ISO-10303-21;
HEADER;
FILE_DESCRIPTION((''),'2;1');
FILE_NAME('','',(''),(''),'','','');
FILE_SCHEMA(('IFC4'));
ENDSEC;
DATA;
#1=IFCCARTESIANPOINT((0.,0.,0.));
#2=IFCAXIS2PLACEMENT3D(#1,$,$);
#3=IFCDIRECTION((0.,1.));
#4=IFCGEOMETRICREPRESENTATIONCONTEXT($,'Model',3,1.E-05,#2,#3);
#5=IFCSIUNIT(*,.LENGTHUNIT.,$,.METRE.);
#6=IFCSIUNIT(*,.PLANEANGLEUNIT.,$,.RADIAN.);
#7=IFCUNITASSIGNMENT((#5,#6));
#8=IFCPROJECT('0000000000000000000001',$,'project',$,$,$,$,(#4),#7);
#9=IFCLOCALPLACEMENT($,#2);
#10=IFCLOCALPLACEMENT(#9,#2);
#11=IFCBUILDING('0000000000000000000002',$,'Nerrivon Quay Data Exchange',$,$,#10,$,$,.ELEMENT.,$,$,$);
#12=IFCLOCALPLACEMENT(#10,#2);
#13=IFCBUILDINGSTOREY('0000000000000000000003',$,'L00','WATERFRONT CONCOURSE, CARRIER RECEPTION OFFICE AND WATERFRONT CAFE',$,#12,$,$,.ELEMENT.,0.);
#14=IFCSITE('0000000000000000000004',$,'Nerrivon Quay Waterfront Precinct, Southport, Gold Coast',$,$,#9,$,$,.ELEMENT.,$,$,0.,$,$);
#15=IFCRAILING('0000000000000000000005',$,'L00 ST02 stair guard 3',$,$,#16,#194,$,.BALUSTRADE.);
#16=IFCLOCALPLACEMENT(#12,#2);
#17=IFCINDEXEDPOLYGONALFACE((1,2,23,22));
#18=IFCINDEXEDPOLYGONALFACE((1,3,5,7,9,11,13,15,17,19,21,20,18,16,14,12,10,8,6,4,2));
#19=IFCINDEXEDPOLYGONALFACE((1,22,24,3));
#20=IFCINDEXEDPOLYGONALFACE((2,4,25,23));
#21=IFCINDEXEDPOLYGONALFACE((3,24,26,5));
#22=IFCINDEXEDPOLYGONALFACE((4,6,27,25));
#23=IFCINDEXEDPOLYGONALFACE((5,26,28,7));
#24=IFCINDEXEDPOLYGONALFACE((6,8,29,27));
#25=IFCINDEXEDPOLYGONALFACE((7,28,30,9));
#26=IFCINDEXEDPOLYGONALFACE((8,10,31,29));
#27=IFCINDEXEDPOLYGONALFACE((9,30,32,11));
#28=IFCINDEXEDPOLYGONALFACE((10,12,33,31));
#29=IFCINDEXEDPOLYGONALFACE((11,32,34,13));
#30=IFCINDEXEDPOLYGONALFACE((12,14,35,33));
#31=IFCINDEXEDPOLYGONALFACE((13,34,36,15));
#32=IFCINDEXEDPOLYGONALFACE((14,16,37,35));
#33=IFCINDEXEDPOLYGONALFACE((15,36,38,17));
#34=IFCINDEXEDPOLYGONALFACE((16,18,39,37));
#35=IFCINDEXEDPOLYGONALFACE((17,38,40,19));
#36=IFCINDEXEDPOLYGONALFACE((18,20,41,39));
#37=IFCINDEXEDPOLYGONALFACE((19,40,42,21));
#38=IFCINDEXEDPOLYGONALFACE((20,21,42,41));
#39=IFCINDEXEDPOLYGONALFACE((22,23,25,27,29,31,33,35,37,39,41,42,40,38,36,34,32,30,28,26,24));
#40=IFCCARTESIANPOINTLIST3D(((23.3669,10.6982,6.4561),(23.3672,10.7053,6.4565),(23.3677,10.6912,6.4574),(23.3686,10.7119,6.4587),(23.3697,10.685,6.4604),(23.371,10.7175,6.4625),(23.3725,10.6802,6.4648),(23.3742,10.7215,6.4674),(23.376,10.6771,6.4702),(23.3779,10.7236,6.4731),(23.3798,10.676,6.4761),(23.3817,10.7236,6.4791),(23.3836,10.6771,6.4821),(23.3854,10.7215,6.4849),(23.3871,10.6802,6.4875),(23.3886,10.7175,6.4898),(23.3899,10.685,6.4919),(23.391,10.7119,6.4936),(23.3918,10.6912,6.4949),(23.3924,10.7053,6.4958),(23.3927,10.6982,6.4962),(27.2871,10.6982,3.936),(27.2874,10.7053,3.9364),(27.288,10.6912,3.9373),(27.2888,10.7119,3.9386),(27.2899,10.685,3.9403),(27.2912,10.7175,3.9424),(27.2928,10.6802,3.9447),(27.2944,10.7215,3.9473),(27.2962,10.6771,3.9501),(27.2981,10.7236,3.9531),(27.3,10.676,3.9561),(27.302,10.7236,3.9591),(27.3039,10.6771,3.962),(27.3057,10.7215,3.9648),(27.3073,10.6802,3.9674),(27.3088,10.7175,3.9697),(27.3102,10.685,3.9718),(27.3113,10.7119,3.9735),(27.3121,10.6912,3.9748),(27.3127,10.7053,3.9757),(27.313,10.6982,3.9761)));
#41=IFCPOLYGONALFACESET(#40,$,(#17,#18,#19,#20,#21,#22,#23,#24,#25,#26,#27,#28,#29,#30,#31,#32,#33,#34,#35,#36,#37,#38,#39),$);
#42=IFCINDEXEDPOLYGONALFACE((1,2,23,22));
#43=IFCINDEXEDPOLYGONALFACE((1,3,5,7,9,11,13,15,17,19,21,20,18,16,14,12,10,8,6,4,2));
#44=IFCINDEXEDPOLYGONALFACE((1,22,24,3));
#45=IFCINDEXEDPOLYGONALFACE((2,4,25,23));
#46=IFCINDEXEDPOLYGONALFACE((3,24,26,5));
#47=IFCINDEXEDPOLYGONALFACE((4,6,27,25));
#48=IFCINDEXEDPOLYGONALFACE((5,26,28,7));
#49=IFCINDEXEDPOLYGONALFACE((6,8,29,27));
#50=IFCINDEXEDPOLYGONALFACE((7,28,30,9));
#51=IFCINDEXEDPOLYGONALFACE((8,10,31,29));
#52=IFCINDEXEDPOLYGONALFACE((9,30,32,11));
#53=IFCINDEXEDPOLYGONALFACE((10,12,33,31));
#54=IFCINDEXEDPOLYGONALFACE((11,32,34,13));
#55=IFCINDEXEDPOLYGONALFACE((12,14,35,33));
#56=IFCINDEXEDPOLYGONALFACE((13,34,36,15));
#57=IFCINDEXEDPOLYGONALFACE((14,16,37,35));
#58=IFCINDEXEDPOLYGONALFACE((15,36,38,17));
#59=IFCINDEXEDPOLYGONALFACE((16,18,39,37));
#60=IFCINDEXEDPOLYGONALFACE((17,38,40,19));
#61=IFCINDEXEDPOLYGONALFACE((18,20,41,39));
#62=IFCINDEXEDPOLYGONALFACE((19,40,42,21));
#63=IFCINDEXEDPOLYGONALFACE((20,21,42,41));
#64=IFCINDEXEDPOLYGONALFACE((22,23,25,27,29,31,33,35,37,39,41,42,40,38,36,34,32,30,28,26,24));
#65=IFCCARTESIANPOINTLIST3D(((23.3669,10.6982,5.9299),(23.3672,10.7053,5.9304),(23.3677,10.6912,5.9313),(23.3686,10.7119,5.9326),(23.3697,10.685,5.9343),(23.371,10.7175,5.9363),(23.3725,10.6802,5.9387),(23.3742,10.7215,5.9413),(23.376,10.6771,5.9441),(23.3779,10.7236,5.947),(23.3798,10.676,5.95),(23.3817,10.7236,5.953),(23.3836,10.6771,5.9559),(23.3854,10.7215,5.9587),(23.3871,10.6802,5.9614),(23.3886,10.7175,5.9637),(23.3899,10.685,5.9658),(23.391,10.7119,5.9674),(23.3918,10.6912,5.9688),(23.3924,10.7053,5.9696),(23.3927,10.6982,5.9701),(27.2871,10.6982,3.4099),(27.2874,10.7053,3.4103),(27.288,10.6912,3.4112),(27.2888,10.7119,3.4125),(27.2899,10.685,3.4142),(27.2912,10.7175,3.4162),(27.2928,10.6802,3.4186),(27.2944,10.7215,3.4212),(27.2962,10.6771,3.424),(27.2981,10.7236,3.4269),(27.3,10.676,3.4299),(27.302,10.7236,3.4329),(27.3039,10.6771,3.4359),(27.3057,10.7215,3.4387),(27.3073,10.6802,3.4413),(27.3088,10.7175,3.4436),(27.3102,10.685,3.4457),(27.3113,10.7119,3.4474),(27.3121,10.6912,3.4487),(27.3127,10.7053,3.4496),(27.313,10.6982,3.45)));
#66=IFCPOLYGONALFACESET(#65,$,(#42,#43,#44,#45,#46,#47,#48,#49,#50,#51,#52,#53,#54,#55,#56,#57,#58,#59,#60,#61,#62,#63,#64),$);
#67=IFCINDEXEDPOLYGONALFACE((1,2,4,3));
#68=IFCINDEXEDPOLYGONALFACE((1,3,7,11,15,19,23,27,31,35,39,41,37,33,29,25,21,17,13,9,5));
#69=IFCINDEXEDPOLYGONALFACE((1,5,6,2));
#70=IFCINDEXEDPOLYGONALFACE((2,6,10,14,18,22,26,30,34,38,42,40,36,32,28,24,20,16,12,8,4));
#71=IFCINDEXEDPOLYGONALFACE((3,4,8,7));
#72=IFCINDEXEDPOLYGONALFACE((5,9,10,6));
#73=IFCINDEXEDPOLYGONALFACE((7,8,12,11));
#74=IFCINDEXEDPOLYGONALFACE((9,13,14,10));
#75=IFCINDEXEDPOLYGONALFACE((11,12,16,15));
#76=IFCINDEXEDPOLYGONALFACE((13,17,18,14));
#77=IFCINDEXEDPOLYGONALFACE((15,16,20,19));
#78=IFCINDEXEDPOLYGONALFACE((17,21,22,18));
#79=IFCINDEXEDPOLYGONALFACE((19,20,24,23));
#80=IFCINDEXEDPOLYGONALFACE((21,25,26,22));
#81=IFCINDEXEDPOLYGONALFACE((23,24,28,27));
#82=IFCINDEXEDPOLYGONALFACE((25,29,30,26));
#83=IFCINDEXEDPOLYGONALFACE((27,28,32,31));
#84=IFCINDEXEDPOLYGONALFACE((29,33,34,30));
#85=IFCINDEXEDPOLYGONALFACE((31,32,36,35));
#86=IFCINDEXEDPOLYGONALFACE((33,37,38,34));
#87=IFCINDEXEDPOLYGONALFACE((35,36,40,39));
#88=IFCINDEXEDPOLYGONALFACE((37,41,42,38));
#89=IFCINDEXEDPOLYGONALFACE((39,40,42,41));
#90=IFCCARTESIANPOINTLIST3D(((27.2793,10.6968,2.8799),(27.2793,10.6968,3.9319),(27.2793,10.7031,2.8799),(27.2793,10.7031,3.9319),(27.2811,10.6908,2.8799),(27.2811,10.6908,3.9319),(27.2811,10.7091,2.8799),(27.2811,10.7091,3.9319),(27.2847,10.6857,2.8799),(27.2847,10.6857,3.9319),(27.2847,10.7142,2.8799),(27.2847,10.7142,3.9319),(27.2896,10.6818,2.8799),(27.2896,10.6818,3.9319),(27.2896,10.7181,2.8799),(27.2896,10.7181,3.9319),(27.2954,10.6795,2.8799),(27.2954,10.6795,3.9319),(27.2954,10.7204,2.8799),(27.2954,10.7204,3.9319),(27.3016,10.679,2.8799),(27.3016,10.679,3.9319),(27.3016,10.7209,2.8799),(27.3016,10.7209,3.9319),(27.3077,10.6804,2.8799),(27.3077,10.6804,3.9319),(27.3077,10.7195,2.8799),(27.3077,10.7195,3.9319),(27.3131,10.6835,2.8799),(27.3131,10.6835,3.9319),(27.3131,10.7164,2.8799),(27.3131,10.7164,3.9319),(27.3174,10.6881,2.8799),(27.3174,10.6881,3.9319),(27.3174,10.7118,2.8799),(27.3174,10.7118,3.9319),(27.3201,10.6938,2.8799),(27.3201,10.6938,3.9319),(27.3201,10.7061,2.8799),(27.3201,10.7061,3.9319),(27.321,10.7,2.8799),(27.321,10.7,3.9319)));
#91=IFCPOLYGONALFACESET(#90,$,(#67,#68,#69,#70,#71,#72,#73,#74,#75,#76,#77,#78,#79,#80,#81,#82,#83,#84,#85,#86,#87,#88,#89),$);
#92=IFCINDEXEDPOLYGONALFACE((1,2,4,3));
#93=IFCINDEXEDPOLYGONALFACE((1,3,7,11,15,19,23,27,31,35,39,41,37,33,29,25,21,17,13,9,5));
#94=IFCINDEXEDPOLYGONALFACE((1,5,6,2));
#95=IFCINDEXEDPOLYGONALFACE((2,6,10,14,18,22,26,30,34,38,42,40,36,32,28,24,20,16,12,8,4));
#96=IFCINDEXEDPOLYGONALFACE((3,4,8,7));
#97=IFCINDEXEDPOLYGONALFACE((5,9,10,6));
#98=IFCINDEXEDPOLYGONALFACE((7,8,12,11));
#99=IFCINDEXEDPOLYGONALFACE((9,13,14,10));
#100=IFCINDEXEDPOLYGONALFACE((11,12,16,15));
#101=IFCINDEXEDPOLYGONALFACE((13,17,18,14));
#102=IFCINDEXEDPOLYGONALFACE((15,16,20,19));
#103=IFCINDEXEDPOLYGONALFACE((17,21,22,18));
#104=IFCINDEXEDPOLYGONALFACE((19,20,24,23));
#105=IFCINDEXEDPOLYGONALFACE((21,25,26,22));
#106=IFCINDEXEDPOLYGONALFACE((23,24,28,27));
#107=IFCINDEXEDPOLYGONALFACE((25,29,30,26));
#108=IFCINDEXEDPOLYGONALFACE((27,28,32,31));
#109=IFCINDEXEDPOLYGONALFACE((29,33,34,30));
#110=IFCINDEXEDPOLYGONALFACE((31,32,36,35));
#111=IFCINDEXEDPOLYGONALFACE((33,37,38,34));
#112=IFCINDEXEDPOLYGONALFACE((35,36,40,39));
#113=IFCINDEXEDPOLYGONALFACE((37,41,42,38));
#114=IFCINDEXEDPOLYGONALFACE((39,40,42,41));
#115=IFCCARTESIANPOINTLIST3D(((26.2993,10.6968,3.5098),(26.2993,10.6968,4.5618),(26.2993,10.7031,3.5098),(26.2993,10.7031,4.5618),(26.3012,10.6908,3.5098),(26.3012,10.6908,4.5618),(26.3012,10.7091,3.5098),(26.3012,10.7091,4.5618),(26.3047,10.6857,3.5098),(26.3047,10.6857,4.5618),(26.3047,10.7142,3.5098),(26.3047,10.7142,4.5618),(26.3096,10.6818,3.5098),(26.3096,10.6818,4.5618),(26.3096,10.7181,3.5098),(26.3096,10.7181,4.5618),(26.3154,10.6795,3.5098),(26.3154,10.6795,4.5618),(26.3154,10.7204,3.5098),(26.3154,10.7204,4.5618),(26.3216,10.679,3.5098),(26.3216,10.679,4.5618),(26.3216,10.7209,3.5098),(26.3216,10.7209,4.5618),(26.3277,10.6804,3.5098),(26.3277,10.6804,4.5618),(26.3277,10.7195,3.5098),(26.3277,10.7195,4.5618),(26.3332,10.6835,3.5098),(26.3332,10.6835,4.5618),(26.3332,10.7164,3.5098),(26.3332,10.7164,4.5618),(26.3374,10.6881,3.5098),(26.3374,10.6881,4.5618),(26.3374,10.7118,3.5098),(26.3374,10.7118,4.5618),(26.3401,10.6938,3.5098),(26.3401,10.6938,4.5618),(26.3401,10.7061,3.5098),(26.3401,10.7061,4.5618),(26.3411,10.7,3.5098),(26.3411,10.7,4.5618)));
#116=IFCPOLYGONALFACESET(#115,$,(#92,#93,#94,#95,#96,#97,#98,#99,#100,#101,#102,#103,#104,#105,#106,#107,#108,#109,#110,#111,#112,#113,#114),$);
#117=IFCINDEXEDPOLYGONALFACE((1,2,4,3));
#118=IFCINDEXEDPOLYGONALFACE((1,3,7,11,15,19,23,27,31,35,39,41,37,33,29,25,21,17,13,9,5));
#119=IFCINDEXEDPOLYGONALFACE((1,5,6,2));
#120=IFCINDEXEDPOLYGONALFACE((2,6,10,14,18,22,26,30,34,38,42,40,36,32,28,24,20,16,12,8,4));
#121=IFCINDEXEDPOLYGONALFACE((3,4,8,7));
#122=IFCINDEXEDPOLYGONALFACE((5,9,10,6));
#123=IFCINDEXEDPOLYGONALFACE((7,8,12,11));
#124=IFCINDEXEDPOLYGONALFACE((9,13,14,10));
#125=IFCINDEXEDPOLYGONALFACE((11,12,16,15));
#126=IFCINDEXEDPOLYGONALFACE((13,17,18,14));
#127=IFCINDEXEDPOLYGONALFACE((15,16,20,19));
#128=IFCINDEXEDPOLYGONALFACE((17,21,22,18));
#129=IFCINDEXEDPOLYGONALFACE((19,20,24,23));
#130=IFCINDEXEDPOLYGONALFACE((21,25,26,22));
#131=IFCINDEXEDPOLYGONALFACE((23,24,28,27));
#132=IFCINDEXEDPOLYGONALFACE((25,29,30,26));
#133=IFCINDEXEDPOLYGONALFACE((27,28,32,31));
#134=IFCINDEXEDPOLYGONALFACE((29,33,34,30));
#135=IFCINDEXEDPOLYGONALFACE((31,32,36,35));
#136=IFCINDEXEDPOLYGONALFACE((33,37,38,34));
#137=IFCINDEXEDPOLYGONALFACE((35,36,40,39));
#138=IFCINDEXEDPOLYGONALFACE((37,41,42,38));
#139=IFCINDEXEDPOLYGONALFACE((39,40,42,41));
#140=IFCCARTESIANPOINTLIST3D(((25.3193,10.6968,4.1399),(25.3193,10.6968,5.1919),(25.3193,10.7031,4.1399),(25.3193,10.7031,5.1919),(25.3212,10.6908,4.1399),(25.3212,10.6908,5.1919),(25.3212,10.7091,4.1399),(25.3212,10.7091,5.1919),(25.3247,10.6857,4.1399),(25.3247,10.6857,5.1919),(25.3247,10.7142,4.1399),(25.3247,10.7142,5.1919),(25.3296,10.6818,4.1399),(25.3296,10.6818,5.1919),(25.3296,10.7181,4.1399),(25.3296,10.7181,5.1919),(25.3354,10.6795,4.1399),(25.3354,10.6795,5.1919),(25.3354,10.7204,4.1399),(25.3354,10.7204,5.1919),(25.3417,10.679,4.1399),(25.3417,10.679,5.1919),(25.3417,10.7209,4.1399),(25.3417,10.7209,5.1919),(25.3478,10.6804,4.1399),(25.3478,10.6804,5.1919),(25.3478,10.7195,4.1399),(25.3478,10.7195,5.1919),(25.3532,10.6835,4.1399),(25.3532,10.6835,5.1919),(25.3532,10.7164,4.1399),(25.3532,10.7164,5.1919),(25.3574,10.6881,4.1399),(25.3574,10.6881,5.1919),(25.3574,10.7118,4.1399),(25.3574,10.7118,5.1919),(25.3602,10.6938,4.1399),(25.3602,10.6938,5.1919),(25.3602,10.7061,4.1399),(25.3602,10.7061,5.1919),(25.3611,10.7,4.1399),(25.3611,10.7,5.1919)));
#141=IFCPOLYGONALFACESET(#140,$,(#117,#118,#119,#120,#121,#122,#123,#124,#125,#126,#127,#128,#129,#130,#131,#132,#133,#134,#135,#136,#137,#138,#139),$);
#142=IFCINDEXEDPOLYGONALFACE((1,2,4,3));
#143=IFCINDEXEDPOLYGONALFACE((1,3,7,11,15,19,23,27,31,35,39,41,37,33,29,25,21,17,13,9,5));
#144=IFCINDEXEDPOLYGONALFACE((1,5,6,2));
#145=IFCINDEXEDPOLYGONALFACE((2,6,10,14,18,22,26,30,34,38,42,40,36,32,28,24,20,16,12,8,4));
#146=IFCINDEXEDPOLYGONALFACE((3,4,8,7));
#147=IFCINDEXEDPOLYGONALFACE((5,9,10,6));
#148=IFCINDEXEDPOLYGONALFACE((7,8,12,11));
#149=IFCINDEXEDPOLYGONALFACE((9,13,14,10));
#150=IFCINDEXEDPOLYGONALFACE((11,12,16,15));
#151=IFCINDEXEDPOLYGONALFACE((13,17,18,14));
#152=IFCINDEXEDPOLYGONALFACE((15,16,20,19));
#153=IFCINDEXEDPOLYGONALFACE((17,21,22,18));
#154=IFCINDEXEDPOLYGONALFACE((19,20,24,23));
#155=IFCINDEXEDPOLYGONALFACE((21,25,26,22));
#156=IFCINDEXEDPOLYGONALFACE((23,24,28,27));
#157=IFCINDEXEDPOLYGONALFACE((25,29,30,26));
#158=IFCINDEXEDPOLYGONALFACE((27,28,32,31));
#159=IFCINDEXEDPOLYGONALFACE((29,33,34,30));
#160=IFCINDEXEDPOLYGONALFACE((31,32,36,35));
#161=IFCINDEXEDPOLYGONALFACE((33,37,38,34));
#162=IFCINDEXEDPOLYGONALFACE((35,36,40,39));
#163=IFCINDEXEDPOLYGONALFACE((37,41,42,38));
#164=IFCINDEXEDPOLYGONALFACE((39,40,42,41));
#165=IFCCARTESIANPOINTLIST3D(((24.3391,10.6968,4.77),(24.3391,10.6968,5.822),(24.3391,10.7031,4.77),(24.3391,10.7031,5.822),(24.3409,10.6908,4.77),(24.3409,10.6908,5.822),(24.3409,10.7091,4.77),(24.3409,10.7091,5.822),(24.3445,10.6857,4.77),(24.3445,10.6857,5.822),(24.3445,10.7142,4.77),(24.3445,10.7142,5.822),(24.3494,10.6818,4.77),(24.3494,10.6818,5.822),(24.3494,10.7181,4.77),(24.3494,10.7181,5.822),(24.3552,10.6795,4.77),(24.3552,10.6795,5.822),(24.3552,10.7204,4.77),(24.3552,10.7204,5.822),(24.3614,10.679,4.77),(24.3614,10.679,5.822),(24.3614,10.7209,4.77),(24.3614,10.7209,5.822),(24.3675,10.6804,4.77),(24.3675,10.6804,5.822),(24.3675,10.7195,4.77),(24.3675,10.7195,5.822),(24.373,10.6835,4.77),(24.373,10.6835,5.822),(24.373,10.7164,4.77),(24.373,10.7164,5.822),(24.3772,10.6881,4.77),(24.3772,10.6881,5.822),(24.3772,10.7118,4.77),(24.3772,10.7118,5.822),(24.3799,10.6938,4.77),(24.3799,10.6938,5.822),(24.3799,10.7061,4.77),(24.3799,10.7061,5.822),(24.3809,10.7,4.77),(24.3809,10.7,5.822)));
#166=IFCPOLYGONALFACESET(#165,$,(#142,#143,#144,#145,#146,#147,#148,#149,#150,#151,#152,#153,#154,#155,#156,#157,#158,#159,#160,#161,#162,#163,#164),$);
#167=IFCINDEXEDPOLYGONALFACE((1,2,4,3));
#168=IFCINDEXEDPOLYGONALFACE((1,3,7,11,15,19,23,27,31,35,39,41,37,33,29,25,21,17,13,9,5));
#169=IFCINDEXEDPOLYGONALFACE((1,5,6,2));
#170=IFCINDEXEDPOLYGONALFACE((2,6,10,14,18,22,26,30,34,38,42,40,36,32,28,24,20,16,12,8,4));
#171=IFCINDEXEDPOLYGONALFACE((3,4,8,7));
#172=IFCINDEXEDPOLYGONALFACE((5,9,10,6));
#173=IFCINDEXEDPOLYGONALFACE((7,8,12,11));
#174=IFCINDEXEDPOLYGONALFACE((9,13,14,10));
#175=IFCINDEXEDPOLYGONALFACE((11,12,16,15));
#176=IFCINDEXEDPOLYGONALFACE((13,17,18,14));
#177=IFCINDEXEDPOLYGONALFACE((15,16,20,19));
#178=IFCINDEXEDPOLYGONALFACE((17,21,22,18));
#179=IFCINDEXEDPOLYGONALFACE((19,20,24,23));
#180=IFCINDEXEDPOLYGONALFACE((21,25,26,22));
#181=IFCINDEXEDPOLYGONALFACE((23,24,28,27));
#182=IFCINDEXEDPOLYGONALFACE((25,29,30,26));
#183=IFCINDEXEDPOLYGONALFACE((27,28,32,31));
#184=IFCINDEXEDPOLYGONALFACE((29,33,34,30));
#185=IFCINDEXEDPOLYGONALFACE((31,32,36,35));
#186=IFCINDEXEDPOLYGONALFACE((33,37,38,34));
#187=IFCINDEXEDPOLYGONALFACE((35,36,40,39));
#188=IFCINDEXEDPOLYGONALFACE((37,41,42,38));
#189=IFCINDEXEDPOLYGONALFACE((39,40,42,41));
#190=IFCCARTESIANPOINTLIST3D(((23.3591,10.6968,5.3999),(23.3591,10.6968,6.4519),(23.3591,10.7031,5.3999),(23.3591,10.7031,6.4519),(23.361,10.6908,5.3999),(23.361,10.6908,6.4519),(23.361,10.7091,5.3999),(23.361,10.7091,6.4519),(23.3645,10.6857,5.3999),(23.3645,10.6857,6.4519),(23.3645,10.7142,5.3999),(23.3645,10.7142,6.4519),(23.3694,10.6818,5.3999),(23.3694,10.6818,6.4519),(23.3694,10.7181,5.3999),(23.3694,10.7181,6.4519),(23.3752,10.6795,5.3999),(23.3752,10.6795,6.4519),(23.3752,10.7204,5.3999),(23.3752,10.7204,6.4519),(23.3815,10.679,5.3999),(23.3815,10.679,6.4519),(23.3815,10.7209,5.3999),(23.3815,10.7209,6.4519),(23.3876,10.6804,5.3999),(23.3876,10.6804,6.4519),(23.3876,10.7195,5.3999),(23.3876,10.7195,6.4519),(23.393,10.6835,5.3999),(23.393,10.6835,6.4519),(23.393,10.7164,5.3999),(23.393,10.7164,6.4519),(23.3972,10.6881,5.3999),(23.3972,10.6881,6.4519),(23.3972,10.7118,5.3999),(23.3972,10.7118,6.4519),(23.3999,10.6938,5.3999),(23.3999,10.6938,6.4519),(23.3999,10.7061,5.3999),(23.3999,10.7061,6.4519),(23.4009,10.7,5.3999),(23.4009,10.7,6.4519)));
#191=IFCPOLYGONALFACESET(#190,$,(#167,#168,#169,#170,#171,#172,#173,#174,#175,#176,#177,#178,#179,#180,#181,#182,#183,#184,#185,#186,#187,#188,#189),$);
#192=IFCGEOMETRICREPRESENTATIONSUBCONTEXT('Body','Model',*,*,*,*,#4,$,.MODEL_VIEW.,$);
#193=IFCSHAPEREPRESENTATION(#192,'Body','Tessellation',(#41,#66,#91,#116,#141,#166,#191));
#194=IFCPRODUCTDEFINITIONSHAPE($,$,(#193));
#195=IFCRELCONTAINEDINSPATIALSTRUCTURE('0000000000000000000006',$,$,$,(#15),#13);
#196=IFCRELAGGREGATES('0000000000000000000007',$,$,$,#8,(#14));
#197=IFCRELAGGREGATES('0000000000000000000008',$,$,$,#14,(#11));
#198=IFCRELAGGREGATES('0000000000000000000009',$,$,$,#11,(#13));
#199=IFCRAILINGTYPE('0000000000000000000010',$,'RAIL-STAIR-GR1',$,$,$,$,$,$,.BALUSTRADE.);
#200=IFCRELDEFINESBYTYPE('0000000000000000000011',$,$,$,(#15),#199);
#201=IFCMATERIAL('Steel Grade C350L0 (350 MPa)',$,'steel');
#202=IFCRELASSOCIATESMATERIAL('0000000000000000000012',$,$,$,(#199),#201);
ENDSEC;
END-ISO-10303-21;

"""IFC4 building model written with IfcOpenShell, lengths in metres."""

from ifc_helpers import new_model, si_unit, direction, frame, origin, origin_2d, place, context, subcontext, project, spatial, circle, extrude, material, type_object, element, save


model = new_model("IFC4")

# Units and contexts
model_context = context("Model", 3, precision=1e-05, world=origin(), true_north=direction((0.0, 1.0)))
body_context = subcontext(model_context, "Body", "Model", "MODEL_VIEW")
ifc_project = project(units=[si_unit("LENGTHUNIT", "METRE"), si_unit("PLANEANGLEUNIT", "RADIAN")], contexts=[model_context])

# Site, building, storey
site_placement = place(None, origin())
site = spatial("IfcSite", under=ifc_project, at=site_placement, Name="Nerrivon Quay Waterfront Precinct, Southport, Gold Coast", CompositionType="ELEMENT", RefElevation=0.0)
building_placement = place(site_placement, origin())
building = spatial("IfcBuilding", under=site, at=building_placement, Name="Nerrivon Quay Data Exchange", CompositionType="ELEMENT")
storey_placement = place(building_placement, origin())
storey = spatial("IfcBuildingStorey", under=building, at=storey_placement, Name="L00", Description="WATERFRONT CONCOURSE, CARRIER RECEPTION OFFICE AND WATERFRONT CAFE", CompositionType="ELEMENT", Elevation=0.0)

# Railing
ifc_material_1 = material(Name="Steel Grade C350L0 (350 MPa)", Category="steel")
railing_type_1 = type_object("IfcRailingType", Name="RAIL-STAIR-GR1", PredefinedType="BALUSTRADE", material=ifc_material_1)
railing_1_placement = place(storey_placement, frame((27.3, 10.7, 2.8799)))
element("IfcRailing", 1, at=railing_1_placement, inside=storey, type_object=railing_type_1, Name="L00 ST02 stair guard 3", PredefinedType="BALUSTRADE", context=body_context, shape_type="SweptSolid", body=[
    extrude(circle(Radius=0.0239, at=origin_2d()), frame((0.0, 0.0, 1.0762), z_axis=(-0.841187, 0.0, 0.540744), x_axis=(0.0, -1.0, 0.0)), (0.0, 0.0, 1.0), 4.6604),
    extrude(circle(Radius=0.0239, at=origin_2d()), frame((0.0, 0.0, 0.55), z_axis=(-0.841187, 0.0, 0.540744), x_axis=(0.0, -1.0, 0.0)), (0.0, 0.0, 1.0), 4.6604),
    extrude(circle(Radius=0.021, at=origin_2d()), origin(), (0.0, 0.0, 1.0), 1.052),
    extrude(circle(Radius=0.021, at=origin_2d()), frame((-0.98, 0.0, 0.6299)), (0.0, 0.0, 1.0), 1.052),
    extrude(circle(Radius=0.021, at=origin_2d()), frame((-1.96, 0.0, 1.26)), (0.0, 0.0, 1.0), 1.052),
    extrude(circle(Radius=0.021, at=origin_2d()), frame((-2.9402, 0.0, 1.8901)), (0.0, 0.0, 1.0), 1.052),
    extrude(circle(Radius=0.021, at=origin_2d()), frame((-3.9202, 0.0, 2.52)), (0.0, 0.0, 1.0), 1.052),
])

save(model, "model.ifc")
